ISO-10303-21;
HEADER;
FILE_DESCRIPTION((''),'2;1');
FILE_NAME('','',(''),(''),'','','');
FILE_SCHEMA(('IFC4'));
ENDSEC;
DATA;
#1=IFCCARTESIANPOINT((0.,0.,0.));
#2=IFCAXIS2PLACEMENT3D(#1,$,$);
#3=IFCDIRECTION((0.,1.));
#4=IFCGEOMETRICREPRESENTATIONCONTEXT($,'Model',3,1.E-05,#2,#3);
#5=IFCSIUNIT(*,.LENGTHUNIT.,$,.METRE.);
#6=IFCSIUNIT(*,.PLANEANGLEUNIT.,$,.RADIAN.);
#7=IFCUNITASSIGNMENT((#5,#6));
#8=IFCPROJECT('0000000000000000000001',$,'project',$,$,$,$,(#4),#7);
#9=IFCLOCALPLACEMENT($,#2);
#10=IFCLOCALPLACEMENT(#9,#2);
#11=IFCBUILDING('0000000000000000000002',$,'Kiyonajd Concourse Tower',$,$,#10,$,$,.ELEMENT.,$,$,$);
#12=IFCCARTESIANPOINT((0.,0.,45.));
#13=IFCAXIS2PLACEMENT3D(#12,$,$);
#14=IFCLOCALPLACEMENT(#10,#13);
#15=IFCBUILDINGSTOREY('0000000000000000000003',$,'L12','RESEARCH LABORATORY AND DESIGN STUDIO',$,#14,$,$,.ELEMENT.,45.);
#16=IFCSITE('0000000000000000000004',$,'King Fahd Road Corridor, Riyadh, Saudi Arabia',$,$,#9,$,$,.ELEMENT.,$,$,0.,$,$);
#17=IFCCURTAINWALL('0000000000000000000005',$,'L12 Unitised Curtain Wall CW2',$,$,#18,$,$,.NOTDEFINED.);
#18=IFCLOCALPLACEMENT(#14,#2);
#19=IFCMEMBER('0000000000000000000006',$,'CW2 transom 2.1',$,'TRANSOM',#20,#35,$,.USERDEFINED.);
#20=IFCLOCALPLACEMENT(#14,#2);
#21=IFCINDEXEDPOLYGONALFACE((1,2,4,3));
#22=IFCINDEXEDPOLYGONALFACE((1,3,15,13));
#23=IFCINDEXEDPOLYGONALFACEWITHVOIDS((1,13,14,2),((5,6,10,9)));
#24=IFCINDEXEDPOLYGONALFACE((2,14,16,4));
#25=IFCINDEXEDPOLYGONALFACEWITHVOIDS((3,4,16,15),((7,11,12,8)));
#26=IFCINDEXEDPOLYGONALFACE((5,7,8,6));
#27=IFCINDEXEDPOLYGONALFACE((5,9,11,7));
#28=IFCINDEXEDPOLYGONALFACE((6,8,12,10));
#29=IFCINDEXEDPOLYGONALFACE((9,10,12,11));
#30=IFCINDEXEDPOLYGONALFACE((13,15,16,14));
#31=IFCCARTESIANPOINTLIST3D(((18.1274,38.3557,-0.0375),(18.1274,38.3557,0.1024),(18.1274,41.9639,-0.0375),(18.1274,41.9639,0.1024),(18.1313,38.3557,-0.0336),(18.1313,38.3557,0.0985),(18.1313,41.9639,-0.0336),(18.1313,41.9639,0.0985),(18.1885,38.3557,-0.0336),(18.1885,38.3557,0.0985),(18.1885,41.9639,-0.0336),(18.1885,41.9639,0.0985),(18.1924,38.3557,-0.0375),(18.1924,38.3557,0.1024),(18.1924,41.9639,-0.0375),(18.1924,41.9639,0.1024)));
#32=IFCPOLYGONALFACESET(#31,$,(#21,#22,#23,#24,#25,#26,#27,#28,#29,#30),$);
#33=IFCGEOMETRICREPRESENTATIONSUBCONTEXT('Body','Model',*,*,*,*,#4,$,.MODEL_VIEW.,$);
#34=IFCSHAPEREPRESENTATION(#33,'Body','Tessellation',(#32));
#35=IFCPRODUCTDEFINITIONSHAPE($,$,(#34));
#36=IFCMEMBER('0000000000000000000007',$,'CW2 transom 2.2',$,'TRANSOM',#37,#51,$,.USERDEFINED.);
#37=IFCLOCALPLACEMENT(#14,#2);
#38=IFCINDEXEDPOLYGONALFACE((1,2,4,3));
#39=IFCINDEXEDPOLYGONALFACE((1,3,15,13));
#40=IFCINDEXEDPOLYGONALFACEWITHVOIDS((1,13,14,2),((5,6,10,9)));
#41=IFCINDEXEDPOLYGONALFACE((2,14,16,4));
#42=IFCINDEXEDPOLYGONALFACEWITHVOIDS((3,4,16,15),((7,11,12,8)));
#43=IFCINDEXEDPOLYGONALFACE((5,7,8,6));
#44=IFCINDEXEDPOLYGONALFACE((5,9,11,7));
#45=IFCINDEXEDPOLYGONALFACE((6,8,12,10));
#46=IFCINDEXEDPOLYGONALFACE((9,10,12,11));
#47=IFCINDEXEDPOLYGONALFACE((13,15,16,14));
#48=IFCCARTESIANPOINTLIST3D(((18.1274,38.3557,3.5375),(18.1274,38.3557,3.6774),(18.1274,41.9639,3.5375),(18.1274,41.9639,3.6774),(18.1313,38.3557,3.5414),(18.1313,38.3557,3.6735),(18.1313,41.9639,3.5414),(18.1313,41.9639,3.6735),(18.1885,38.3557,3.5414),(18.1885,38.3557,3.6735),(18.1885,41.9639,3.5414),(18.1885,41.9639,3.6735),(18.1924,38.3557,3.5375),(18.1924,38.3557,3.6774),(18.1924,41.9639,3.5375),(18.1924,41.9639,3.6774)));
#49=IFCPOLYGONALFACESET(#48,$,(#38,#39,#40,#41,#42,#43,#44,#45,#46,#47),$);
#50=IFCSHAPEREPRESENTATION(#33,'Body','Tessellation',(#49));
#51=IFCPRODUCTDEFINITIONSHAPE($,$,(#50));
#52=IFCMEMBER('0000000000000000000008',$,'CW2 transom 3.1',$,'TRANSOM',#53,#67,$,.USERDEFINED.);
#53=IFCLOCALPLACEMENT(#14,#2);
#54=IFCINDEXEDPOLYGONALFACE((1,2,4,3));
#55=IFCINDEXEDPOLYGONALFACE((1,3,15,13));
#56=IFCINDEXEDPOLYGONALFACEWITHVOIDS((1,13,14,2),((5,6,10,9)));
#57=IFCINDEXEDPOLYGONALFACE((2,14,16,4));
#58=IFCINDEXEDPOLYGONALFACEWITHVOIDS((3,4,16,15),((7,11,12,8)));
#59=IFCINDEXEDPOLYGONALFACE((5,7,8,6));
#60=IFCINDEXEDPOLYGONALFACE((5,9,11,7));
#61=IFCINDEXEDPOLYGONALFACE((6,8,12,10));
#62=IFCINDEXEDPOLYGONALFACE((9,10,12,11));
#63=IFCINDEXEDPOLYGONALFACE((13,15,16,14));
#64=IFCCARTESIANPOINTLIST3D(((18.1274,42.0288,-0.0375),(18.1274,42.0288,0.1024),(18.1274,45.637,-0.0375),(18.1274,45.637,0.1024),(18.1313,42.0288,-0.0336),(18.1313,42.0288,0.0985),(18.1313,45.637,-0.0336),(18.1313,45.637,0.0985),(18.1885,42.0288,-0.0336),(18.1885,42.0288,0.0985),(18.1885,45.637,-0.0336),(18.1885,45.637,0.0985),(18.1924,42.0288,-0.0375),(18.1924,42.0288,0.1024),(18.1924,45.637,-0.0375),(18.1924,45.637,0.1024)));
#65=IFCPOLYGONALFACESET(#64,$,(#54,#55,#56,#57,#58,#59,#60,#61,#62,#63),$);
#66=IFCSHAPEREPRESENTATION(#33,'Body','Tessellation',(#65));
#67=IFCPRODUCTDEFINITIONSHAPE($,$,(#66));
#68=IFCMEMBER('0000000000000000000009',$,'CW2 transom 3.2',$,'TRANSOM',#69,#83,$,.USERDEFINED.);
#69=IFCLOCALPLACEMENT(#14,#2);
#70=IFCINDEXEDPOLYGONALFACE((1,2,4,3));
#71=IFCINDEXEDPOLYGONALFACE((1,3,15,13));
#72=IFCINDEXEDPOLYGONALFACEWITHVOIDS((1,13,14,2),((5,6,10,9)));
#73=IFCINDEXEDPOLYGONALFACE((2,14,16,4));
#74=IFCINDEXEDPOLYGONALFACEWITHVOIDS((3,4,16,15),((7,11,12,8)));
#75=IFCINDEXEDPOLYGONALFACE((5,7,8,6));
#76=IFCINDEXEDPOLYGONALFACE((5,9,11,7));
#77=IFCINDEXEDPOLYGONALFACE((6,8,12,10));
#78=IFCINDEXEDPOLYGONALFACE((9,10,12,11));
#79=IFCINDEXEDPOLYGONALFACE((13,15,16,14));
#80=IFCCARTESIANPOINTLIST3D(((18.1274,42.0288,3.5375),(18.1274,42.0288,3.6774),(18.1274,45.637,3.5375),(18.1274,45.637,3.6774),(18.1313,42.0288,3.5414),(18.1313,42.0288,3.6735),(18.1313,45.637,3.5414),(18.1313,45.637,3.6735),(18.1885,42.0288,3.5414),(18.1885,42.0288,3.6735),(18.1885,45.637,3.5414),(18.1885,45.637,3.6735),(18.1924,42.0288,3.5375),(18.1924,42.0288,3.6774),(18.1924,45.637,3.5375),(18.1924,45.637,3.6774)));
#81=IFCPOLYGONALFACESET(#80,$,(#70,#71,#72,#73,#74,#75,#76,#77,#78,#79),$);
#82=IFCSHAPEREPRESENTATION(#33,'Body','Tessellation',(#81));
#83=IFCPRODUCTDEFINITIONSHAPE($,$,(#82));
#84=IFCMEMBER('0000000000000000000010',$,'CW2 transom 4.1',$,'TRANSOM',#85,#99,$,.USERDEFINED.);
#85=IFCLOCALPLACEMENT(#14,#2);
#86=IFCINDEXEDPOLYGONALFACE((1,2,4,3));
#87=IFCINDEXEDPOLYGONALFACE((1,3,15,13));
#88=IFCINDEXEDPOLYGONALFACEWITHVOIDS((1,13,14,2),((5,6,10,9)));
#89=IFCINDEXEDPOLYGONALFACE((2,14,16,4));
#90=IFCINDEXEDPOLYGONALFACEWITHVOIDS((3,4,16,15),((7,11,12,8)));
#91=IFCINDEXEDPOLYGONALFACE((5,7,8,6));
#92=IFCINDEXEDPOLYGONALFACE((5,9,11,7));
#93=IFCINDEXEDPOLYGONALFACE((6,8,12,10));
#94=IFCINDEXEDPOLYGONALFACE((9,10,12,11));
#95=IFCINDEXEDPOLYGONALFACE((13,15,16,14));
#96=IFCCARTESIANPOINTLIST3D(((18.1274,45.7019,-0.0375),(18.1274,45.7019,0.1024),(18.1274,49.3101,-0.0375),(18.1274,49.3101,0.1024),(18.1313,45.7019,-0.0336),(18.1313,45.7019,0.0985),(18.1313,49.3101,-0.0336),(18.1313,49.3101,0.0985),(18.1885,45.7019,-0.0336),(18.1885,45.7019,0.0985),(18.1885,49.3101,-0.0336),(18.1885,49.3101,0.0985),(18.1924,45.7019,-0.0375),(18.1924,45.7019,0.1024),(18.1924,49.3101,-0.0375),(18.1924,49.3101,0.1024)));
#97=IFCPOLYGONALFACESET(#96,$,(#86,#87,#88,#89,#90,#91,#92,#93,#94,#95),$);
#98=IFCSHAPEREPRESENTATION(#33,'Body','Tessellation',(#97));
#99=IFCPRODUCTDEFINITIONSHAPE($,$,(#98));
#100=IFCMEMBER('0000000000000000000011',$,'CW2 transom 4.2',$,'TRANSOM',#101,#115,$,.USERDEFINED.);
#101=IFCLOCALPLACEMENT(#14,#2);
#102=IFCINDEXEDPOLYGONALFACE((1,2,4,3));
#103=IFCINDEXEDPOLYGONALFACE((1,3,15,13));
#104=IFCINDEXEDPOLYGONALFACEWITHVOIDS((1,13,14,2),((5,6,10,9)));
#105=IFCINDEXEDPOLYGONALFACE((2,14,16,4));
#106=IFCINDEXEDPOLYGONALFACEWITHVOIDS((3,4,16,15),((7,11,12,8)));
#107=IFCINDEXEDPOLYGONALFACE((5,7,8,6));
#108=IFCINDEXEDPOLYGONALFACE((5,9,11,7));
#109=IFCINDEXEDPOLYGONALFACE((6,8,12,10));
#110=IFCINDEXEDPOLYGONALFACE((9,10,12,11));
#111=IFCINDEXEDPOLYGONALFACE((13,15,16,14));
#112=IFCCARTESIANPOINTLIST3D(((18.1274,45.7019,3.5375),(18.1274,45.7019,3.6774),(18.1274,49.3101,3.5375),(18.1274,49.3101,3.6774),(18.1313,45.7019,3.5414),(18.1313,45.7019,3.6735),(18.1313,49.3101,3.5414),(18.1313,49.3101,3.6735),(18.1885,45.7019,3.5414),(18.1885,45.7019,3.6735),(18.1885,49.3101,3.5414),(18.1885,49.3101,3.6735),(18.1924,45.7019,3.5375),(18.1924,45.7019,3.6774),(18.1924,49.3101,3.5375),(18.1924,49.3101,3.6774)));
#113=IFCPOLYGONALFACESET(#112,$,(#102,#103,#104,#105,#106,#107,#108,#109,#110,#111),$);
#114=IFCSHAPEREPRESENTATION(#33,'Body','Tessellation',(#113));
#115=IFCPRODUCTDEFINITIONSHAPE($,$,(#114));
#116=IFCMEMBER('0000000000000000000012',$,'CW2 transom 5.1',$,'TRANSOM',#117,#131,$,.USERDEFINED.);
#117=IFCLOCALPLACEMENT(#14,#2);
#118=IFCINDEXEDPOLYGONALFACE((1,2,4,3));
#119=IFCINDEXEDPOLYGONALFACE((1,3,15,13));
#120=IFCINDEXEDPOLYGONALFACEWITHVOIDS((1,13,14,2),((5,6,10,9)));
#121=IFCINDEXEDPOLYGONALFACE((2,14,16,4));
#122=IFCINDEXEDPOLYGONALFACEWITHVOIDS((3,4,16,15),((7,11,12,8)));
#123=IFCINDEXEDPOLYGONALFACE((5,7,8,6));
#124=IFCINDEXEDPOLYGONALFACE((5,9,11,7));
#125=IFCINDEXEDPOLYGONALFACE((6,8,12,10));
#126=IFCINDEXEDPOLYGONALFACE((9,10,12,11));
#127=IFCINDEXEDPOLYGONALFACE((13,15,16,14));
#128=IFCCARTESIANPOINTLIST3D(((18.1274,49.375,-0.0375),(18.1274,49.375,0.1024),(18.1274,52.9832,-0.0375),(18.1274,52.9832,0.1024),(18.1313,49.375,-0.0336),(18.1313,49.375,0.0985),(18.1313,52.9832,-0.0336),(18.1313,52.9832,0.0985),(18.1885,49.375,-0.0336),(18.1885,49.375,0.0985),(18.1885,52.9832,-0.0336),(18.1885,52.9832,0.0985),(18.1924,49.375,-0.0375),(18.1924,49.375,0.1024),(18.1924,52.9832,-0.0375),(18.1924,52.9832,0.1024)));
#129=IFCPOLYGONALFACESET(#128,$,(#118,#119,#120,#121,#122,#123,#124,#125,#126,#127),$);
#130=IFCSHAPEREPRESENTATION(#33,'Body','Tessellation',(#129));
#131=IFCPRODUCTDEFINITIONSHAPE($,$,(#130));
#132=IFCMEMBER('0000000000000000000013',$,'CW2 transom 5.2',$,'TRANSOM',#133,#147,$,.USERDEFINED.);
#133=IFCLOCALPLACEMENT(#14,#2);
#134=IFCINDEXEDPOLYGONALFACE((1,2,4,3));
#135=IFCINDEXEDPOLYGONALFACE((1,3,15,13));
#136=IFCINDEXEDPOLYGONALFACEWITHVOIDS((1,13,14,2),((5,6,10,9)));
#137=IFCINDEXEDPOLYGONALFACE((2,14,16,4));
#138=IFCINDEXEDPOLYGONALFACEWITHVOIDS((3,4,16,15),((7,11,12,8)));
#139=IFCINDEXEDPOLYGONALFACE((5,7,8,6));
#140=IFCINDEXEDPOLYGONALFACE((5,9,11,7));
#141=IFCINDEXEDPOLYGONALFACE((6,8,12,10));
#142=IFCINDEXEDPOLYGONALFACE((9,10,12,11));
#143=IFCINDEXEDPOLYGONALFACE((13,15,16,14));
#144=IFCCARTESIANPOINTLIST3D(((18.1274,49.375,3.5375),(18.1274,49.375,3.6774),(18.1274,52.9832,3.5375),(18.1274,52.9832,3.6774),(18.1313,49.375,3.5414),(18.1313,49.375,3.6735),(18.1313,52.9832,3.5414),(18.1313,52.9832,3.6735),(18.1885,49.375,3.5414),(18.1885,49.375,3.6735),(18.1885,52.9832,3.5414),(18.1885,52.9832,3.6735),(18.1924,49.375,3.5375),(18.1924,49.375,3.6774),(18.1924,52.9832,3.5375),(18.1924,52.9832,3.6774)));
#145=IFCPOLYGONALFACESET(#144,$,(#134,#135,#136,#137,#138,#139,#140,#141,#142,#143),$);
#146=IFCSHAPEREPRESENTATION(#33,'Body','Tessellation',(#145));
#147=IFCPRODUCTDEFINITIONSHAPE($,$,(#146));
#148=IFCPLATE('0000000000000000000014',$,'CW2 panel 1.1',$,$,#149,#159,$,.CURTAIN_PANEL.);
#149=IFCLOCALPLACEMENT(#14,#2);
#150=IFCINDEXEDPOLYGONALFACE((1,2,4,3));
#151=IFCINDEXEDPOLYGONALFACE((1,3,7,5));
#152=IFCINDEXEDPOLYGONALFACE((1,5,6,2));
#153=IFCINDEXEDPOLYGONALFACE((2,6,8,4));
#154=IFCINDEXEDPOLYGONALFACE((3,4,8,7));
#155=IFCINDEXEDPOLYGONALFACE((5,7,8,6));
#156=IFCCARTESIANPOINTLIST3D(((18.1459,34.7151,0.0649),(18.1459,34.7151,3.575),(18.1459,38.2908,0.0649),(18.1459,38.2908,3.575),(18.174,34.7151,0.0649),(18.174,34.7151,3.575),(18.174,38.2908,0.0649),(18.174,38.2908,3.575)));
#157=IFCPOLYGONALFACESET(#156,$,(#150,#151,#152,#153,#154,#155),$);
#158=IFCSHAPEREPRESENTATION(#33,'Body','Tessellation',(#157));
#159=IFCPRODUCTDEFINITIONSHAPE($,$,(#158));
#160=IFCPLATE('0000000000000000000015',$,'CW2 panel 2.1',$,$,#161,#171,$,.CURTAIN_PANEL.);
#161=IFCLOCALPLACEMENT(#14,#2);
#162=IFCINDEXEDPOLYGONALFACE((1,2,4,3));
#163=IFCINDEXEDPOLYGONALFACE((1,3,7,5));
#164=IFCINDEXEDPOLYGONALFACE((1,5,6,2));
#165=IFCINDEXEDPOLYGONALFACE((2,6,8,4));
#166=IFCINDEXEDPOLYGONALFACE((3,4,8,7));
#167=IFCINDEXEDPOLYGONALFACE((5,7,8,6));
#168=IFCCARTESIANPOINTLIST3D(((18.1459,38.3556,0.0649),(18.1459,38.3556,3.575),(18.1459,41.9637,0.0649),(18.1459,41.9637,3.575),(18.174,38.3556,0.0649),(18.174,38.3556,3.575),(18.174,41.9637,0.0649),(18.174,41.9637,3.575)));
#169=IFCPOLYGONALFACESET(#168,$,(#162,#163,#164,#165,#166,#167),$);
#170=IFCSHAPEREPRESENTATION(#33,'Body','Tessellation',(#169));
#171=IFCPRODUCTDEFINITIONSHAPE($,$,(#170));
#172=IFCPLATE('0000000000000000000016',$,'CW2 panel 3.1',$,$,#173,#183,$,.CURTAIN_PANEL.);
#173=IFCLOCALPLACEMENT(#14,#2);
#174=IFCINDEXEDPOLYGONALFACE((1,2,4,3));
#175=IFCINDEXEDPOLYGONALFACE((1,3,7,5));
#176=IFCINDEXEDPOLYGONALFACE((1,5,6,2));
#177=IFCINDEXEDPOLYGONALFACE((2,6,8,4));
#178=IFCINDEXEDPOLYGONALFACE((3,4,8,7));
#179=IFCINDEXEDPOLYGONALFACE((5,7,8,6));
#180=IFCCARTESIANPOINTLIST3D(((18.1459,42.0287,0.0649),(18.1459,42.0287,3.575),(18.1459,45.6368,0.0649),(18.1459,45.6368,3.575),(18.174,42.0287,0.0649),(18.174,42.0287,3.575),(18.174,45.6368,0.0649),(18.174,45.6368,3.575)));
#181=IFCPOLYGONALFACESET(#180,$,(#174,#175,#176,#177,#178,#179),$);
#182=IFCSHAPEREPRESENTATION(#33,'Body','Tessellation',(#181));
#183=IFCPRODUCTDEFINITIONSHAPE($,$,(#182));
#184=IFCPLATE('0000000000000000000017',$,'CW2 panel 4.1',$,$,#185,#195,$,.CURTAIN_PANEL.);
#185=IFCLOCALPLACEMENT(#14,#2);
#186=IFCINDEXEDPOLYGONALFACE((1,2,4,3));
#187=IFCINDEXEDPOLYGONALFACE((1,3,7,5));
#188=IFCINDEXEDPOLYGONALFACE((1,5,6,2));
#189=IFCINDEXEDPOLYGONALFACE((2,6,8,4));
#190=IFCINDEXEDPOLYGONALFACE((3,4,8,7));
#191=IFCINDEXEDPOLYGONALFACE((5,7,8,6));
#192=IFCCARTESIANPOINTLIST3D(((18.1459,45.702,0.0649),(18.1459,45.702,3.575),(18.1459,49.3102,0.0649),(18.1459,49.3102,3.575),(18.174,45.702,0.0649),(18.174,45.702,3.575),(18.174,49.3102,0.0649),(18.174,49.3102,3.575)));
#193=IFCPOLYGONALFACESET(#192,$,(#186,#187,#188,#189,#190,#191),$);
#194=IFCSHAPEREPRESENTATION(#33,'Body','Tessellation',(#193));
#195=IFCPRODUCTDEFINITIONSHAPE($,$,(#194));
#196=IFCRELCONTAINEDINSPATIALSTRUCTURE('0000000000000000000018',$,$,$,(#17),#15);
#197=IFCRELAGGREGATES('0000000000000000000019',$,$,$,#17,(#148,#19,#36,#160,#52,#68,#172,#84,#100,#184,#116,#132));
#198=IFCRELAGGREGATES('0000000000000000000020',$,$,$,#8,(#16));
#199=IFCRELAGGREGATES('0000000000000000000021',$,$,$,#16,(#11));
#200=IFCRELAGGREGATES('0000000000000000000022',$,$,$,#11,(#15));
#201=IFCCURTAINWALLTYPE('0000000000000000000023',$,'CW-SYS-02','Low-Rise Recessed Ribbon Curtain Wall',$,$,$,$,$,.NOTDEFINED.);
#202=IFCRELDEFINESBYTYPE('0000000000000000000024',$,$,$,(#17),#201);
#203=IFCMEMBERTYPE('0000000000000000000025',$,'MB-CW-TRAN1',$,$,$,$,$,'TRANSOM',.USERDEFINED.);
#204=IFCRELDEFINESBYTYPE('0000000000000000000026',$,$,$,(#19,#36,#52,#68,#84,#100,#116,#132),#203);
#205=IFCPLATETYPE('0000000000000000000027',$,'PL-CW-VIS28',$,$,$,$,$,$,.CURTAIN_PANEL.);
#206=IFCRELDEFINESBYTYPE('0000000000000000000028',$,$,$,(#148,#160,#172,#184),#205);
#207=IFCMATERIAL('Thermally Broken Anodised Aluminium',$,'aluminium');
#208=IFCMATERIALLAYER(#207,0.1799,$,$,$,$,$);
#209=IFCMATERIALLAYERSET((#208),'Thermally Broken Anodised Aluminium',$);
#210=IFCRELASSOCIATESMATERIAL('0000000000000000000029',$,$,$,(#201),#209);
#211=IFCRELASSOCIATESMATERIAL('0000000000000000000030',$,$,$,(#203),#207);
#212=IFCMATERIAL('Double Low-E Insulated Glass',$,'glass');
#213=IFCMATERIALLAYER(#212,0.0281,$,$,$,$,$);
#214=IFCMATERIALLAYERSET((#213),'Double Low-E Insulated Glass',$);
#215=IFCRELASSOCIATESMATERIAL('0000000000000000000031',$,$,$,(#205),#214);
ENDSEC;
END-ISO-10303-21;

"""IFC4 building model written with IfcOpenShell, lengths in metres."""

from ifc_helpers import new_model, si_unit, direction, frame, origin, origin_2d, place, context, subcontext, project, spatial, rectangle, hollow_rectangle, extrude, material, layer, layer_set, material_profile, profile_set, type_object, element, aggregate, save


model = new_model("IFC4")

# Units and contexts
model_context = context("Model", 3, precision=1e-05, world=origin(), true_north=direction((0.0, 1.0)))
body_context = subcontext(model_context, "Body", "Model", "MODEL_VIEW")
ifc_project = project(units=[si_unit("LENGTHUNIT", "METRE"), si_unit("PLANEANGLEUNIT", "RADIAN")], contexts=[model_context])

# Site, building, storey
site_placement = place(None, origin())
site = spatial("IfcSite", under=ifc_project, at=site_placement, Name="King Fahd Road Corridor, Riyadh, Saudi Arabia", CompositionType="ELEMENT", RefElevation=0.0)
building_placement = place(site_placement, origin())
building = spatial("IfcBuilding", under=site, at=building_placement, Name="Kiyonajd Concourse Tower", CompositionType="ELEMENT")
storey_placement = place(building_placement, frame((0.0, 0.0, 45.0)))
storey = spatial("IfcBuildingStorey", under=building, at=storey_placement, Name="L12", Description="RESEARCH LABORATORY AND DESIGN STUDIO", CompositionType="ELEMENT", Elevation=45.0)

# Curtain wall, members, plates
ifc_material_1 = material(Name="Thermally Broken Anodised Aluminium", Category="aluminium")
ifc_layer_1 = layer(ifc_material_1, 0.1799)
ifc_layer_set_1 = layer_set([ifc_layer_1], Name="Thermally Broken Anodised Aluminium")
curtain_wall_type = type_object("IfcCurtainWallType", Name="CW-SYS-02", Description="Low-Rise Recessed Ribbon Curtain Wall", PredefinedType="NOTDEFINED", material=ifc_layer_set_1)
curtain_wall_placement = place(storey_placement, origin())
curtain_wall = element("IfcCurtainWall", 1, at=curtain_wall_placement, inside=storey, type_object=curtain_wall_type, Name="L12 Unitised Curtain Wall CW2", PredefinedType="NOTDEFINED")
ifc_material_profile_1 = material_profile(ifc_material_1, hollow_rectangle(XDim=0.0649, YDim=0.1399, WallThickness=0.0039, at=origin_2d()), Name="TRAN-65x140")
ifc_profile_set_1 = profile_set([ifc_material_profile_1], Name="Thermally Broken Anodised Aluminium")
member_type_1 = type_object("IfcMemberType", Name="MB-CW-TRAN1", ElementType="TRANSOM", PredefinedType="USERDEFINED", material=ifc_profile_set_1)
member_1_placement = place(storey_placement, frame((18.1599, 38.3557, 0.0325), z_axis=(0.0, 1.0, 0.0), x_axis=(-1.0, 0.0, 0.0)))
member_1 = element("IfcMember", 2, at=member_1_placement, type_object=member_type_1, Name="CW2 transom 2.1", ObjectType="TRANSOM", PredefinedType="USERDEFINED", context=body_context, shape_type="SweptSolid", body=[
    extrude(hollow_rectangle(XDim=0.0649, YDim=0.1399, WallThickness=0.0039, at=origin_2d()), origin(), (0.0, 0.0, 1.0), 3.6082),
])
member_2_placement = place(storey_placement, frame((18.1599, 38.3557, 3.6074), z_axis=(0.0, 1.0, 0.0), x_axis=(-1.0, 0.0, 0.0)))
member_2 = element("IfcMember", 3, at=member_2_placement, type_object=member_type_1, Name="CW2 transom 2.2", ObjectType="TRANSOM", PredefinedType="USERDEFINED", context=body_context, shape_type="SweptSolid", body=[
    extrude(hollow_rectangle(XDim=0.0649, YDim=0.1399, WallThickness=0.0039, at=origin_2d()), origin(), (0.0, 0.0, 1.0), 3.6082),
])
member_3_placement = place(storey_placement, frame((18.1599, 42.0288, 0.0325), z_axis=(0.0, 1.0, 0.0), x_axis=(-1.0, 0.0, 0.0)))
member_3 = element("IfcMember", 4, at=member_3_placement, type_object=member_type_1, Name="CW2 transom 3.1", ObjectType="TRANSOM", PredefinedType="USERDEFINED", context=body_context, shape_type="SweptSolid", body=[
    extrude(hollow_rectangle(XDim=0.0649, YDim=0.1399, WallThickness=0.0039, at=origin_2d()), origin(), (0.0, 0.0, 1.0), 3.6082),
])
member_4_placement = place(storey_placement, frame((18.1599, 42.0288, 3.6074), z_axis=(0.0, 1.0, 0.0), x_axis=(-1.0, 0.0, 0.0)))
member_4 = element("IfcMember", 5, at=member_4_placement, type_object=member_type_1, Name="CW2 transom 3.2", ObjectType="TRANSOM", PredefinedType="USERDEFINED", context=body_context, shape_type="SweptSolid", body=[
    extrude(hollow_rectangle(XDim=0.0649, YDim=0.1399, WallThickness=0.0039, at=origin_2d()), origin(), (0.0, 0.0, 1.0), 3.6082),
])
member_5_placement = place(storey_placement, frame((18.1599, 45.7019, 0.0325), z_axis=(0.0, 1.0, 0.0), x_axis=(-1.0, 0.0, 0.0)))
member_5 = element("IfcMember", 6, at=member_5_placement, type_object=member_type_1, Name="CW2 transom 4.1", ObjectType="TRANSOM", PredefinedType="USERDEFINED", context=body_context, shape_type="SweptSolid", body=[
    extrude(hollow_rectangle(XDim=0.0649, YDim=0.1399, WallThickness=0.0039, at=origin_2d()), origin(), (0.0, 0.0, 1.0), 3.6082),
])
member_6_placement = place(storey_placement, frame((18.1599, 45.7019, 3.6074), z_axis=(0.0, 1.0, 0.0), x_axis=(-1.0, 0.0, 0.0)))
member_6 = element("IfcMember", 7, at=member_6_placement, type_object=member_type_1, Name="CW2 transom 4.2", ObjectType="TRANSOM", PredefinedType="USERDEFINED", context=body_context, shape_type="SweptSolid", body=[
    extrude(hollow_rectangle(XDim=0.0649, YDim=0.1399, WallThickness=0.0039, at=origin_2d()), origin(), (0.0, 0.0, 1.0), 3.6082),
])
member_7_placement = place(storey_placement, frame((18.1599, 49.375, 0.0325), z_axis=(0.0, 1.0, 0.0), x_axis=(-1.0, 0.0, 0.0)))
member_7 = element("IfcMember", 8, at=member_7_placement, type_object=member_type_1, Name="CW2 transom 5.1", ObjectType="TRANSOM", PredefinedType="USERDEFINED", context=body_context, shape_type="SweptSolid", body=[
    extrude(hollow_rectangle(XDim=0.0649, YDim=0.1399, WallThickness=0.0039, at=origin_2d()), origin(), (0.0, 0.0, 1.0), 3.6082),
])
member_8_placement = place(storey_placement, frame((18.1599, 49.375, 3.6074), z_axis=(0.0, 1.0, 0.0), x_axis=(-1.0, 0.0, 0.0)))
member_8 = element("IfcMember", 9, at=member_8_placement, type_object=member_type_1, Name="CW2 transom 5.2", ObjectType="TRANSOM", PredefinedType="USERDEFINED", context=body_context, shape_type="SweptSolid", body=[
    extrude(hollow_rectangle(XDim=0.0649, YDim=0.1399, WallThickness=0.0039, at=origin_2d()), origin(), (0.0, 0.0, 1.0), 3.6082),
])
ifc_material_2 = material(Name="Double Low-E Insulated Glass", Category="glass")
ifc_layer_2 = layer(ifc_material_2, 0.0281)
ifc_layer_set_2 = layer_set([ifc_layer_2], Name="Double Low-E Insulated Glass")
plate_type = type_object("IfcPlateType", Name="PL-CW-VIS28", PredefinedType="CURTAIN_PANEL", material=ifc_layer_set_2)
plate_1_placement = place(storey_placement, frame((18.1599, 36.5029, 0.0649), z_axis=(0.0, 0.0, 1.0), x_axis=(0.0, 1.0, 0.0)))
plate_1 = element("IfcPlate", 10, at=plate_1_placement, type_object=plate_type, Name="CW2 panel 1.1", PredefinedType="CURTAIN_PANEL", context=body_context, shape_type="SweptSolid", body=[
    extrude(rectangle(XDim=3.5757, YDim=0.0281, at=origin_2d()), origin(), (0.0, 0.0, 1.0), 3.51),
])
plate_2_placement = place(storey_placement, frame((18.1599, 40.1597, 0.0649), z_axis=(0.0, 0.0, 1.0), x_axis=(0.0, 1.0, 0.0)))
plate_2 = element("IfcPlate", 11, at=plate_2_placement, type_object=plate_type, Name="CW2 panel 2.1", PredefinedType="CURTAIN_PANEL", context=body_context, shape_type="SweptSolid", body=[
    extrude(rectangle(XDim=3.6082, YDim=0.0281, at=origin_2d()), origin(), (0.0, 0.0, 1.0), 3.51),
])
plate_3_placement = place(storey_placement, frame((18.1599, 43.8328, 0.0649), z_axis=(0.0, 0.0, 1.0), x_axis=(0.0, 1.0, 0.0)))
plate_3 = element("IfcPlate", 12, at=plate_3_placement, type_object=plate_type, Name="CW2 panel 3.1", PredefinedType="CURTAIN_PANEL", context=body_context, shape_type="SweptSolid", body=[
    extrude(rectangle(XDim=3.6082, YDim=0.0281, at=origin_2d()), origin(), (0.0, 0.0, 1.0), 3.51),
])
plate_4_placement = place(storey_placement, frame((18.1599, 47.5061, 0.0649), z_axis=(0.0, 0.0, 1.0), x_axis=(0.0, 1.0, 0.0)))
plate_4 = element("IfcPlate", 13, at=plate_4_placement, type_object=plate_type, Name="CW2 panel 4.1", PredefinedType="CURTAIN_PANEL", context=body_context, shape_type="SweptSolid", body=[
    extrude(rectangle(XDim=3.6082, YDim=0.0281, at=origin_2d()), origin(), (0.0, 0.0, 1.0), 3.51),
])
aggregate(curtain_wall, [plate_1, member_1, member_2, plate_2, member_3, member_4, plate_3, member_5, member_6, plate_4, member_7, member_8])

save(model, "model.ifc")
